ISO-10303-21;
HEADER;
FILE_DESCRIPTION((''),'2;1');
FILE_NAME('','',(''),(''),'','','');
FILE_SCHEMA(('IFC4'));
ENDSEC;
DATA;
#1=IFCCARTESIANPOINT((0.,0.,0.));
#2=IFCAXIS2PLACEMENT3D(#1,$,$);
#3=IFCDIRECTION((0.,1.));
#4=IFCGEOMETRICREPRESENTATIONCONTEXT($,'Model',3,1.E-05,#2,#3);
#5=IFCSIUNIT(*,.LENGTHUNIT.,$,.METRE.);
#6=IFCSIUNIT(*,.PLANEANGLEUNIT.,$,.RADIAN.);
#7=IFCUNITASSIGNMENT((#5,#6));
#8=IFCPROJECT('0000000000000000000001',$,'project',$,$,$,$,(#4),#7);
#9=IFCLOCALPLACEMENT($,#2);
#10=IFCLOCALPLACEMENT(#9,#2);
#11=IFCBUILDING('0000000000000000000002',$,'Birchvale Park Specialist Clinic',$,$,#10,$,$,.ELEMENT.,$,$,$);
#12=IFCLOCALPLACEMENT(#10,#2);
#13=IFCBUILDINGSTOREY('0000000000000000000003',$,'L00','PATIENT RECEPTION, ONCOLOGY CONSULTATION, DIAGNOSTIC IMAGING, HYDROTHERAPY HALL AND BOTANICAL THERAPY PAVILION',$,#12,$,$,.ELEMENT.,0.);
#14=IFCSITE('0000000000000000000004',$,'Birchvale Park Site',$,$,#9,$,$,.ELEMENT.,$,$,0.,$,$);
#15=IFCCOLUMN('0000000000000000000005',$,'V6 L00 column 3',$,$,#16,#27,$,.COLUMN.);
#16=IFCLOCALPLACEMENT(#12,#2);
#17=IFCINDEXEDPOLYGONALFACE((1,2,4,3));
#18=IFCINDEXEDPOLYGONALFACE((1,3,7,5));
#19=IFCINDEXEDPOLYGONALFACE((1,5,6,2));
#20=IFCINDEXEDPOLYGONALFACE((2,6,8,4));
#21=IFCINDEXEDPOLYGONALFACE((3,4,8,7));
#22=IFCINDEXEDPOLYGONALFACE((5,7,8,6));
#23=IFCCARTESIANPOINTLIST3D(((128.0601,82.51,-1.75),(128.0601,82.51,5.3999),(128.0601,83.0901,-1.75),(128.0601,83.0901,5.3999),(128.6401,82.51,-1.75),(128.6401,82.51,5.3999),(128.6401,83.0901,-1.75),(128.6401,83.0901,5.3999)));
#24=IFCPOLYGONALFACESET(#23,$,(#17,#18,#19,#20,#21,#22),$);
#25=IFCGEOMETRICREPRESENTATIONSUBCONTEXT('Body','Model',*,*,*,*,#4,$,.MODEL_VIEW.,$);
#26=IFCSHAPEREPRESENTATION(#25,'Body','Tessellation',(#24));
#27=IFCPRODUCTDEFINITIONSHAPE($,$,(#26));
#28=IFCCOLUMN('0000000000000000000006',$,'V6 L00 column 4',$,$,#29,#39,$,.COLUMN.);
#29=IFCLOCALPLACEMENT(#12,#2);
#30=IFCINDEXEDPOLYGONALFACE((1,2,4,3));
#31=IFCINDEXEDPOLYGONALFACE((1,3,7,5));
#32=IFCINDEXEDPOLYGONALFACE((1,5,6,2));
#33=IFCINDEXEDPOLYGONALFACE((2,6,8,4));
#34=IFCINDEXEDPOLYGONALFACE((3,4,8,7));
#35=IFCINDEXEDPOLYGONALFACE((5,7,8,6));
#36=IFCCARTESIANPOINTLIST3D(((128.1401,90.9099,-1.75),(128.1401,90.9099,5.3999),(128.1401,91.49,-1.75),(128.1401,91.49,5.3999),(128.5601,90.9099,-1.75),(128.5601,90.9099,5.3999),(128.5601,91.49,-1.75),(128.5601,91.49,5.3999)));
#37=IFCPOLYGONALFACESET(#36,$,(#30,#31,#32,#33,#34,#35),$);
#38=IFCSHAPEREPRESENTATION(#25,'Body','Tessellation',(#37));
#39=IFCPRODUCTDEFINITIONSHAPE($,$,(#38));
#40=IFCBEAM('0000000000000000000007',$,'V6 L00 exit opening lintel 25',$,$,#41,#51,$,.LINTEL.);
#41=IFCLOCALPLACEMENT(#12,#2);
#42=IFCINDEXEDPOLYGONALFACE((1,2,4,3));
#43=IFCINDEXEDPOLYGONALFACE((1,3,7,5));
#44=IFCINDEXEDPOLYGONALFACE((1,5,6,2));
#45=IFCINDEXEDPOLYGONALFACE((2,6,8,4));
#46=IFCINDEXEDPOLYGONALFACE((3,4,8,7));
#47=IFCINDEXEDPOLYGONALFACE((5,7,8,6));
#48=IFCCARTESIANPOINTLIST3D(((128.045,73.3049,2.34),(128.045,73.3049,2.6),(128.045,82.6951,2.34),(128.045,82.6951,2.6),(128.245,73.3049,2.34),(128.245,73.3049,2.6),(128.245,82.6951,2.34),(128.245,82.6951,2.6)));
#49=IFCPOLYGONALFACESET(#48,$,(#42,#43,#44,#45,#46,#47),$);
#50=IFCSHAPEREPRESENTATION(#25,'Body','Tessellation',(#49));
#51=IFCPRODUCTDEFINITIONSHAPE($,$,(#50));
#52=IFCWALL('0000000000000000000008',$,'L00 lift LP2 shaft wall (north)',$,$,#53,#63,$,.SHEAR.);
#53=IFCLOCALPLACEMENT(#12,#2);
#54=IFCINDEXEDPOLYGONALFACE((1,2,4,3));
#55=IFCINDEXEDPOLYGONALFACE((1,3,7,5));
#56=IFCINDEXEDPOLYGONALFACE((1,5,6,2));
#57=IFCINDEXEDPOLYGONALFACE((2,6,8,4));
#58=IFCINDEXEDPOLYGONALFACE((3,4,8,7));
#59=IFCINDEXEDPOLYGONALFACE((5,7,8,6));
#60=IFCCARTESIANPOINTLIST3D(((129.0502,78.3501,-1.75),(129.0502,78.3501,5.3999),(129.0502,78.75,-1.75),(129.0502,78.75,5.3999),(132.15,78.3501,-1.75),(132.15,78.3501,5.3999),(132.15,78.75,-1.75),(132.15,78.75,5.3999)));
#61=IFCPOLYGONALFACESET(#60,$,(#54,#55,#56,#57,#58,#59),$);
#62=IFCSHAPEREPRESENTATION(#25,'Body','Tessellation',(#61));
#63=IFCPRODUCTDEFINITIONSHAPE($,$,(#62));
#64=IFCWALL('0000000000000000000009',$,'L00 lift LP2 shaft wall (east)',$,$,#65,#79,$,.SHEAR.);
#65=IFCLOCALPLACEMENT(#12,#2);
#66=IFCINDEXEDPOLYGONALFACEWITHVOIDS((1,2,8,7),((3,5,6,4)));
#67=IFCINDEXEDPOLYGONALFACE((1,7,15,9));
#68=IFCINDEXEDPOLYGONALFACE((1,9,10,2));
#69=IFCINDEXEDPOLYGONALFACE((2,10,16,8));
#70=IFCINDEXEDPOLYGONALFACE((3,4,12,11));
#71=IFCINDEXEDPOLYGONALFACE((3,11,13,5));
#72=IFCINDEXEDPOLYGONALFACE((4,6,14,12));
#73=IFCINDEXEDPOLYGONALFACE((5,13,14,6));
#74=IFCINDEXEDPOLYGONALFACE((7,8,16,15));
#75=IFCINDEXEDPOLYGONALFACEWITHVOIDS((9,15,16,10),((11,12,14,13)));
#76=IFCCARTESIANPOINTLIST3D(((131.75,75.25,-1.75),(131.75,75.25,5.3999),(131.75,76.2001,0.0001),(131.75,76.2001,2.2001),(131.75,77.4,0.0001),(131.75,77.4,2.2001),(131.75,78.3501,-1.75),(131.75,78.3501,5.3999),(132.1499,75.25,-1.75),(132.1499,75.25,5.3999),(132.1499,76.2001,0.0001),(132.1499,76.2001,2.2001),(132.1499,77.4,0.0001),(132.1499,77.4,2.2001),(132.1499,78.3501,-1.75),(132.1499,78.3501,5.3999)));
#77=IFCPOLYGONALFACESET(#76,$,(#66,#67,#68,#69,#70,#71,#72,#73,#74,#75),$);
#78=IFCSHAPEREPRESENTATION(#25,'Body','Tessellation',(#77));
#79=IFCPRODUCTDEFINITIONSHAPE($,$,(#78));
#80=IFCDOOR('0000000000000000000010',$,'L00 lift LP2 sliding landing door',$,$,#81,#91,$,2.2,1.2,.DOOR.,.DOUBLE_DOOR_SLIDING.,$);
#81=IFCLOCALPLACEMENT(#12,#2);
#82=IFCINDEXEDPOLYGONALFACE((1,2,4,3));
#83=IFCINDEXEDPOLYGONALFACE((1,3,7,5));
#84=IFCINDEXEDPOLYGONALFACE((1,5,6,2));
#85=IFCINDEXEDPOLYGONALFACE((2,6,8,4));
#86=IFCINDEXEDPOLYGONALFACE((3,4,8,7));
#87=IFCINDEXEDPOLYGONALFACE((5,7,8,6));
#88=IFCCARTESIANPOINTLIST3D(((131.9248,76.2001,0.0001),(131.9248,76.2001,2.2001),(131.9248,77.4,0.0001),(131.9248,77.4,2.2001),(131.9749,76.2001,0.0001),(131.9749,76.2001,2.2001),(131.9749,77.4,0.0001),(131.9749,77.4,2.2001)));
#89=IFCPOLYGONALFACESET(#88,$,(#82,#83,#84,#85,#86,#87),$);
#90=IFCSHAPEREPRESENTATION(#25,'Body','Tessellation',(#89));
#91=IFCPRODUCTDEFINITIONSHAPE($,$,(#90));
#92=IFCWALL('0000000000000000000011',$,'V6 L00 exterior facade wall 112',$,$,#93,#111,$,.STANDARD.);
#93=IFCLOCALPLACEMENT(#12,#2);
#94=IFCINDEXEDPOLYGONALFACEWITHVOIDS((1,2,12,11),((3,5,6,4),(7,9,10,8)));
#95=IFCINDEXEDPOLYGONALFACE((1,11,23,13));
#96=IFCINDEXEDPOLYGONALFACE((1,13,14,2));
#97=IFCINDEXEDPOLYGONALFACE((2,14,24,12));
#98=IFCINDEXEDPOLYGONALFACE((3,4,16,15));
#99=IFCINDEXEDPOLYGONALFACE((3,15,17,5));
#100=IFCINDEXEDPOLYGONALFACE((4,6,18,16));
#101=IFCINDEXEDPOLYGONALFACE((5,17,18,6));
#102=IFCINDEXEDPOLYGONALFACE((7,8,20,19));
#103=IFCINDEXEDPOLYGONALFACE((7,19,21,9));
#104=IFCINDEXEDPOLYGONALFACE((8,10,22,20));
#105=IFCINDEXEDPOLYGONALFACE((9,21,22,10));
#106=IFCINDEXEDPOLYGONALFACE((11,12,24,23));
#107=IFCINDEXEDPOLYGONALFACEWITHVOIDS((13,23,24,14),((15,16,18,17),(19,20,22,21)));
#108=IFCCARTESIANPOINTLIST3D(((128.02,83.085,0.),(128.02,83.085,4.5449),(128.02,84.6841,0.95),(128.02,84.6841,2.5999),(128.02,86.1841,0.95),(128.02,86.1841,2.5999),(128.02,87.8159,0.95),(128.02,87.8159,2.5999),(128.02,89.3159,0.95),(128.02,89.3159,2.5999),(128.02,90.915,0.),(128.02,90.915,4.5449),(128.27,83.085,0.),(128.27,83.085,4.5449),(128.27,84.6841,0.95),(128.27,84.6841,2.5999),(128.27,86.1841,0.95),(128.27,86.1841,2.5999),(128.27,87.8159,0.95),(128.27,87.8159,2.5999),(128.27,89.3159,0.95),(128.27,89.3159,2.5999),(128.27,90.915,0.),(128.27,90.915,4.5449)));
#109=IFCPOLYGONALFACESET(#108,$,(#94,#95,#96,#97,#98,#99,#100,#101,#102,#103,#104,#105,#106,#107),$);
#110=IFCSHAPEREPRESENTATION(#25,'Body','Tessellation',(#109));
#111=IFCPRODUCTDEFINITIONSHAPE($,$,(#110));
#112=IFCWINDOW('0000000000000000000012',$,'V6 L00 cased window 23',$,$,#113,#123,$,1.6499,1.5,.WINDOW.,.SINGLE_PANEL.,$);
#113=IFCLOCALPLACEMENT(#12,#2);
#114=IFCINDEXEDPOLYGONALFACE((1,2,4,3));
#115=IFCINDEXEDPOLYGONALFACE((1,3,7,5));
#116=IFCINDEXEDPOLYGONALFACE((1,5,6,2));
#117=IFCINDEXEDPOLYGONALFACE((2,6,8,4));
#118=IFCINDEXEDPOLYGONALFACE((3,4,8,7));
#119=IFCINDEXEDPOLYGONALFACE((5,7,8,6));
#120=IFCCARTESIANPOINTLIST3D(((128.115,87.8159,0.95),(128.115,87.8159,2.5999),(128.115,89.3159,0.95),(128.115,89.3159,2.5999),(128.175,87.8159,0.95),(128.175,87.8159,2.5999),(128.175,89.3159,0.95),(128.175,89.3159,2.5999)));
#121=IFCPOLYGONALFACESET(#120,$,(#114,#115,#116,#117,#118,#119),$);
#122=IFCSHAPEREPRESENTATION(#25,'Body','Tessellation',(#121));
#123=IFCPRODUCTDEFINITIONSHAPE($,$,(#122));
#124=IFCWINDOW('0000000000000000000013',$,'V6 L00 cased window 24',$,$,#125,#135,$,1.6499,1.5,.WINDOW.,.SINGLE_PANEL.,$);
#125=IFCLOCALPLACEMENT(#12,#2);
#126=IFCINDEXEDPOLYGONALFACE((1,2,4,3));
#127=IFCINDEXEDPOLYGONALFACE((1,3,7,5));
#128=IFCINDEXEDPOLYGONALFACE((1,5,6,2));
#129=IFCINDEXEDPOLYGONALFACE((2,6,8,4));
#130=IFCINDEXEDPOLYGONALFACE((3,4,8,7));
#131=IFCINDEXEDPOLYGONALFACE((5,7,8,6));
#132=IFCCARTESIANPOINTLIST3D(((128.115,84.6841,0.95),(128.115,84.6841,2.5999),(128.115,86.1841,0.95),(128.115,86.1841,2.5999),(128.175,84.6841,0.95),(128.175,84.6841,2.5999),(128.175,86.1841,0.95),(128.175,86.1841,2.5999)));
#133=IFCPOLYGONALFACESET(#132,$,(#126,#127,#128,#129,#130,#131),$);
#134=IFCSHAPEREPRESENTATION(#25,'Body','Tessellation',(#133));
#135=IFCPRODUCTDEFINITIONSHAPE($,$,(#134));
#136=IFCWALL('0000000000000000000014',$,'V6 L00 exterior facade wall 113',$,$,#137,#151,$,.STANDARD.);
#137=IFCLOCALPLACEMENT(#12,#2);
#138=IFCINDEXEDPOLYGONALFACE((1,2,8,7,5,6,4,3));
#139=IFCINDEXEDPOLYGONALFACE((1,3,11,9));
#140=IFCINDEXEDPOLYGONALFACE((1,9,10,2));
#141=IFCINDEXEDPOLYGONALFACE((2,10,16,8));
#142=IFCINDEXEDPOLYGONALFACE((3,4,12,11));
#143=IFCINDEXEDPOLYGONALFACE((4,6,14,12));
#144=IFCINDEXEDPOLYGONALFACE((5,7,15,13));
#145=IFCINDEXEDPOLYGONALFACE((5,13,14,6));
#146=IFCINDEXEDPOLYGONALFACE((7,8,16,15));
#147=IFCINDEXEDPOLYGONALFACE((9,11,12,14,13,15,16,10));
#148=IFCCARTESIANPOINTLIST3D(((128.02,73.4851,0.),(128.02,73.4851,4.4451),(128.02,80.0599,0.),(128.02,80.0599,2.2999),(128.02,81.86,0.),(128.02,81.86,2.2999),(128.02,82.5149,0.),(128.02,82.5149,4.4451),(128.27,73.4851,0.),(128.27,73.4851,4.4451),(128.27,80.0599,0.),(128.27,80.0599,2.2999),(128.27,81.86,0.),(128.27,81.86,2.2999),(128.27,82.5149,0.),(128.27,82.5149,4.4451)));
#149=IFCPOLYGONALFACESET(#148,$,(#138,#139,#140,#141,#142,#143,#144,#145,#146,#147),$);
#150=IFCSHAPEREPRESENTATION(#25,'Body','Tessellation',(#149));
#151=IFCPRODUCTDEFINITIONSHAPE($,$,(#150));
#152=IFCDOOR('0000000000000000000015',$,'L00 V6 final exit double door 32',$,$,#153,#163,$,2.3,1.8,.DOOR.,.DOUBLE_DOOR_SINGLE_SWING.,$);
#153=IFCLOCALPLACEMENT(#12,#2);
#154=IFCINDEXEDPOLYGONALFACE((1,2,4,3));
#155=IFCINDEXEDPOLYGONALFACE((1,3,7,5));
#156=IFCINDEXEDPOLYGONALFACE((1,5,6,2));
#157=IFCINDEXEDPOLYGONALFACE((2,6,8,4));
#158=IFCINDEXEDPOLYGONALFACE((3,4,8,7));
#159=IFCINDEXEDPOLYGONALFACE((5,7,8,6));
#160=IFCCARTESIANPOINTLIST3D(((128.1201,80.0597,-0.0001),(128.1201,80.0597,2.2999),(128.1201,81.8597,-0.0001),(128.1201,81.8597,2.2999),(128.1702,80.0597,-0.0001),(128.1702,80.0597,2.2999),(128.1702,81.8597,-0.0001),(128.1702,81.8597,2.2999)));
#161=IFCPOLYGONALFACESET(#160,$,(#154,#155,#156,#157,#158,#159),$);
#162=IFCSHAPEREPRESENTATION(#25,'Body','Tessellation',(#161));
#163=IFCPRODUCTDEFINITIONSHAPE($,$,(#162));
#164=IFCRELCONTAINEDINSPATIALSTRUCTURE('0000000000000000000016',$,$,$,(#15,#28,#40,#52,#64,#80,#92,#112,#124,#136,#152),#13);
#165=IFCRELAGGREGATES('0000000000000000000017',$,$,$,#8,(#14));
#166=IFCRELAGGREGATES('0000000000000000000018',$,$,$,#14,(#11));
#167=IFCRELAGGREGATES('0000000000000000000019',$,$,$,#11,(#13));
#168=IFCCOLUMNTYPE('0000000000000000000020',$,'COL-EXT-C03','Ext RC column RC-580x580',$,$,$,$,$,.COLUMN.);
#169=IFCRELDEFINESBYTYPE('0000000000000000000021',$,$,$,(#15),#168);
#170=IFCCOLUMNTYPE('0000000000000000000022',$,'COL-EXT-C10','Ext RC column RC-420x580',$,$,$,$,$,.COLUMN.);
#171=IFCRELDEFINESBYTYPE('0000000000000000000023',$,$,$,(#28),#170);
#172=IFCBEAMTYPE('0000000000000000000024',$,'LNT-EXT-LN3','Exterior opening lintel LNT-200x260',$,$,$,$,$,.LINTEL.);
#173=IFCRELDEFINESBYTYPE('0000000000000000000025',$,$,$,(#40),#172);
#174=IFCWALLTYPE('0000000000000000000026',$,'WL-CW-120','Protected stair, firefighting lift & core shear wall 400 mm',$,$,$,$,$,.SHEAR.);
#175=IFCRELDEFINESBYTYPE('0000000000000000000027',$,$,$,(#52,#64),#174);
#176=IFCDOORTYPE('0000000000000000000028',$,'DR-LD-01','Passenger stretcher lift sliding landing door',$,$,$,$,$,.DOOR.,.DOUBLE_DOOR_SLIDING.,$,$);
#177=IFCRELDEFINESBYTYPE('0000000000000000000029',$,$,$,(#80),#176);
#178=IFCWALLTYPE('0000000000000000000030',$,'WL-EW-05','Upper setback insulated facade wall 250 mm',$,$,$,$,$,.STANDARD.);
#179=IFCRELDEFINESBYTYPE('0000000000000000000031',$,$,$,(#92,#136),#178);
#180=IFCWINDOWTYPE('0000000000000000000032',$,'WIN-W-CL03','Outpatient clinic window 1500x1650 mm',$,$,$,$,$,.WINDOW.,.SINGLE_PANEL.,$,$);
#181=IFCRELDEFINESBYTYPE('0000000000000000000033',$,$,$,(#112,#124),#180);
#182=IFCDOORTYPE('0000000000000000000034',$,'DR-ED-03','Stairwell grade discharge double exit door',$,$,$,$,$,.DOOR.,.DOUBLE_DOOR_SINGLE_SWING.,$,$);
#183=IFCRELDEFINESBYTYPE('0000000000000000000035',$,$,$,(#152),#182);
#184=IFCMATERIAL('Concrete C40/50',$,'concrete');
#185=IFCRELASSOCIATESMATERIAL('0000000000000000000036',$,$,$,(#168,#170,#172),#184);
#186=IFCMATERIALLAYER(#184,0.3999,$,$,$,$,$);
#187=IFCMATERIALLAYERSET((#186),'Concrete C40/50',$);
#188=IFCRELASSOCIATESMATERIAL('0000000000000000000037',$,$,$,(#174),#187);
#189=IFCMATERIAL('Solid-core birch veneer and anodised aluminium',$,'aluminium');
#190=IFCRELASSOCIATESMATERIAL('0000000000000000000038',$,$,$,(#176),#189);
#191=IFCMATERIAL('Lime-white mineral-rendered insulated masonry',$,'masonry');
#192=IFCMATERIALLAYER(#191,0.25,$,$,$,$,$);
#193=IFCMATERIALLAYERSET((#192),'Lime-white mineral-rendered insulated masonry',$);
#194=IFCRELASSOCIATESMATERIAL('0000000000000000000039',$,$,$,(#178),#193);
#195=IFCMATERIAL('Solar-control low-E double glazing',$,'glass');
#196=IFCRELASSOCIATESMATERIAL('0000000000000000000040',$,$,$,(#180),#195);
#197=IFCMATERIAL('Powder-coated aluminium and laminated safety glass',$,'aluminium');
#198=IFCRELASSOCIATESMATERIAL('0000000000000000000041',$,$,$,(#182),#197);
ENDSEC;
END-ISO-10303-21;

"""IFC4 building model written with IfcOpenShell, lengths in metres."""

from ifc_helpers import new_model, si_unit, direction, frame, frame_2d, origin, origin_2d, place, context, subcontext, project, spatial, rectangle, extrude, material, layer, layer_set, material_profile, profile_set, type_object, element, fill, save


model = new_model("IFC4")

# Units and contexts
model_context = context("Model", 3, precision=1e-05, world=origin(), true_north=direction((0.0, 1.0)))
body_context = subcontext(model_context, "Body", "Model", "MODEL_VIEW")
ifc_project = project(units=[si_unit("LENGTHUNIT", "METRE"), si_unit("PLANEANGLEUNIT", "RADIAN")], contexts=[model_context])

# Site, building, storey
site_placement = place(None, origin())
site = spatial("IfcSite", under=ifc_project, at=site_placement, Name="Birchvale Park Site", CompositionType="ELEMENT", RefElevation=0.0)
building_placement = place(site_placement, origin())
building = spatial("IfcBuilding", under=site, at=building_placement, Name="Birchvale Park Specialist Clinic", CompositionType="ELEMENT")
storey_placement = place(building_placement, origin())
storey = spatial("IfcBuildingStorey", under=building, at=storey_placement, Name="L00", Description="PATIENT RECEPTION, ONCOLOGY CONSULTATION, DIAGNOSTIC IMAGING, HYDROTHERAPY HALL AND BOTANICAL THERAPY PAVILION", CompositionType="ELEMENT", Elevation=0.0)

# Shared definitions
ifc_material_1 = material(Name="Concrete C40/50", Category="concrete")

# Columns
ifc_material_profile_1 = material_profile(ifc_material_1, rectangle(XDim=0.5801, YDim=0.5801, at=origin_2d()), Name="RC-580x580")
ifc_profile_set_1 = profile_set([ifc_material_profile_1], Name="Concrete C40/50")
column_type_1 = type_object("IfcColumnType", Name="COL-EXT-C03", Description="Ext RC column RC-580x580", PredefinedType="COLUMN", material=ifc_profile_set_1)
column_1_placement = place(storey_placement, frame((128.3501, 82.8, -1.75), z_axis=(0.0, 0.0, 1.0), x_axis=(1.0, 0.0, 0.0)))
element("IfcColumn", 1, at=column_1_placement, inside=storey, type_object=column_type_1, Name="V6 L00 column 3", PredefinedType="COLUMN", context=body_context, shape_type="SweptSolid", body=[
    extrude(rectangle(XDim=0.5801, YDim=0.5801, at=origin_2d()), origin(), (0.0, 0.0, 1.0), 7.1499),
])
ifc_material_profile_2 = material_profile(ifc_material_1, rectangle(XDim=0.4199, YDim=0.5801, at=origin_2d()), Name="RC-420x580")
ifc_profile_set_2 = profile_set([ifc_material_profile_2], Name="Concrete C40/50")
column_type_2 = type_object("IfcColumnType", Name="COL-EXT-C10", Description="Ext RC column RC-420x580", PredefinedType="COLUMN", material=ifc_profile_set_2)
column_2_placement = place(storey_placement, frame((128.3501, 91.2, -1.75), z_axis=(0.0, 0.0, 1.0), x_axis=(1.0, 0.0, 0.0)))
element("IfcColumn", 2, at=column_2_placement, inside=storey, type_object=column_type_2, Name="V6 L00 column 4", PredefinedType="COLUMN", context=body_context, shape_type="SweptSolid", body=[
    extrude(rectangle(XDim=0.4199, YDim=0.5801, at=origin_2d()), origin(), (0.0, 0.0, 1.0), 7.1499),
])

# Beam
ifc_material_profile_3 = material_profile(ifc_material_1, rectangle(XDim=0.2, YDim=0.26, at=origin_2d()), Name="LNT-200x260")
ifc_profile_set_3 = profile_set([ifc_material_profile_3], Name="Concrete C40/50")
beam_type = type_object("IfcBeamType", Name="LNT-EXT-LN3", Description="Exterior opening lintel LNT-200x260", PredefinedType="LINTEL", material=ifc_profile_set_3)
beam_placement = place(storey_placement, frame((128.145, 82.6951, 2.47), z_axis=(0.0, -1.0, 0.0), x_axis=(1.0, 0.0, 0.0)))
element("IfcBeam", 3, at=beam_placement, inside=storey, type_object=beam_type, Name="V6 L00 exit opening lintel 25", PredefinedType="LINTEL", context=body_context, shape_type="SweptSolid", body=[
    extrude(rectangle(XDim=0.2, YDim=0.26, at=origin_2d()), origin(), (0.0, 0.0, 1.0), 9.3901),
])

# Wall
ifc_layer_1 = layer(ifc_material_1, 0.3999)
ifc_layer_set_1 = layer_set([ifc_layer_1], Name="Concrete C40/50")
wall_type_1 = type_object("IfcWallType", Name="WL-CW-120", Description="Protected stair, firefighting lift & core shear wall 400 mm", PredefinedType="SHEAR", material=ifc_layer_set_1)
wall_1_placement = place(storey_placement, frame((132.1499, 78.55, -1.75), z_axis=(0.0, 0.0, 1.0), x_axis=(-1.0, 0.0, 0.0)))
element("IfcWall", 4, at=wall_1_placement, inside=storey, type_object=wall_type_1, Name="L00 lift LP2 shaft wall (north)", PredefinedType="SHEAR", context=body_context, shape_type="SweptSolid", body=[
    extrude(rectangle(XDim=3.0999, YDim=0.3999, at=frame_2d((1.5498, 0.0))), origin(), (0.0, 0.0, 1.0), 7.1499),
])

# Wall, opening, door
wall_2_placement = place(storey_placement, frame((131.95, 78.3501, -1.75), z_axis=(0.0, 0.0, 1.0), x_axis=(0.0, -1.0, 0.0)))
wall_2 = element("IfcWall", 5, at=wall_2_placement, inside=storey, type_object=wall_type_1, Name="L00 lift LP2 shaft wall (east)", PredefinedType="SHEAR", context=body_context, shape_type="SweptSolid", body=[
    extrude(rectangle(XDim=3.1001, YDim=0.3999, at=frame_2d((1.55, 0.0))), origin(), (0.0, 0.0, 1.0), 7.1499),
])
opening_1_placement = place(wall_2_placement, frame((0.95, 0.0, 1.75)))
opening_1 = element("IfcOpeningElement", 6, at=opening_1_placement, cuts=wall_2, PredefinedType="OPENING", context=body_context, shape_type="SweptSolid", body=[
    extrude(rectangle(XDim=1.2, YDim=2.2, at=frame_2d((0.6001, 1.1001))), frame((0.0, 0.21, 0.0), z_axis=(0.0, -1.0, 0.0), x_axis=(1.0, 0.0, 0.0)), (0.0, 0.0, 1.0), 0.4199),
])
ifc_material_2 = material(Name="Solid-core birch veneer and anodised aluminium", Category="aluminium")
door_type_1 = type_object("IfcDoorType", Name="DR-LD-01", Description="Passenger stretcher lift sliding landing door", OperationType="DOUBLE_DOOR_SLIDING", PredefinedType="DOOR", material=ifc_material_2)
door_1_placement = place(opening_1_placement, origin())
door_1 = element("IfcDoor", 7, at=door_1_placement, inside=storey, type_object=door_type_1, Name="L00 lift LP2 sliding landing door", OperationType="DOUBLE_DOOR_SLIDING", OverallHeight=2.2, OverallWidth=1.2, PredefinedType="DOOR", context=body_context, shape_type="SweptSolid", body=[
    extrude(rectangle(XDim=1.2, YDim=2.2, at=frame_2d((0.6001, 1.1001))), frame((0.0, 0.0249, 0.0), z_axis=(0.0, -1.0, 0.0), x_axis=(1.0, 0.0, 0.0)), (0.0, 0.0, 1.0), 0.05),
])
fill(opening_1, door_1)

# Wall, openings, windows
ifc_material_3 = material(Name="Lime-white mineral-rendered insulated masonry", Category="masonry")
ifc_layer_2 = layer(ifc_material_3, 0.25)
ifc_layer_set_2 = layer_set([ifc_layer_2], Name="Lime-white mineral-rendered insulated masonry")
wall_type_2 = type_object("IfcWallType", Name="WL-EW-05", Description="Upper setback insulated facade wall 250 mm", PredefinedType="STANDARD", material=ifc_layer_set_2)
wall_3_placement = place(storey_placement, frame((128.145, 90.915, 0.0), z_axis=(0.0, 0.0, 1.0), x_axis=(0.0, -1.0, 0.0)))
wall_3 = element("IfcWall", 8, at=wall_3_placement, inside=storey, type_object=wall_type_2, Name="V6 L00 exterior facade wall 112", PredefinedType="STANDARD", context=body_context, shape_type="SweptSolid", body=[
    extrude(rectangle(XDim=7.8301, YDim=0.25, at=frame_2d((3.915, 0.0))), origin(), (0.0, 0.0, 1.0), 4.5449),
])
opening_2_placement = place(wall_3_placement, frame((1.5991, 0.0, 0.95)))
opening_2 = element("IfcOpeningElement", 9, at=opening_2_placement, cuts=wall_3, PredefinedType="OPENING", context=body_context, shape_type="SweptSolid", body=[
    extrude(rectangle(XDim=1.5, YDim=1.6499, at=frame_2d((0.75, 0.825))), frame((0.0, 0.135, 0.0), z_axis=(0.0, -1.0, 0.0), x_axis=(1.0, 0.0, 0.0)), (0.0, 0.0, 1.0), 0.27),
])
opening_3_placement = place(wall_3_placement, frame((4.731, 0.0, 0.95)))
opening_3 = element("IfcOpeningElement", 10, at=opening_3_placement, cuts=wall_3, PredefinedType="OPENING", context=body_context, shape_type="SweptSolid", body=[
    extrude(rectangle(XDim=1.5, YDim=1.6499, at=frame_2d((0.75, 0.825))), frame((0.0, 0.135, 0.0), z_axis=(0.0, -1.0, 0.0), x_axis=(1.0, 0.0, 0.0)), (0.0, 0.0, 1.0), 0.27),
])
ifc_material_4 = material(Name="Solar-control low-E double glazing", Category="glass")
window_type = type_object("IfcWindowType", Name="WIN-W-CL03", Description="Outpatient clinic window 1500x1650 mm", PartitioningType="SINGLE_PANEL", PredefinedType="WINDOW", material=ifc_material_4)
window_1_placement = place(opening_2_placement, origin())
window_1 = element("IfcWindow", 11, at=window_1_placement, inside=storey, type_object=window_type, Name="V6 L00 cased window 23", OverallHeight=1.6499, OverallWidth=1.5, PartitioningType="SINGLE_PANEL", PredefinedType="WINDOW", context=body_context, shape_type="SweptSolid", body=[
    extrude(rectangle(XDim=1.5, YDim=1.6499, at=frame_2d((0.75, 0.825))), frame((0.0, 0.03, 0.0), z_axis=(0.0, -1.0, 0.0), x_axis=(1.0, 0.0, 0.0)), (0.0, 0.0, 1.0), 0.0601),
])
fill(opening_2, window_1)
window_2_placement = place(opening_3_placement, origin())
window_2 = element("IfcWindow", 12, at=window_2_placement, inside=storey, type_object=window_type, Name="V6 L00 cased window 24", OverallHeight=1.6499, OverallWidth=1.5, PartitioningType="SINGLE_PANEL", PredefinedType="WINDOW", context=body_context, shape_type="SweptSolid", body=[
    extrude(rectangle(XDim=1.5, YDim=1.6499, at=frame_2d((0.75, 0.825))), frame((0.0, 0.03, 0.0), z_axis=(0.0, -1.0, 0.0), x_axis=(1.0, 0.0, 0.0)), (0.0, 0.0, 1.0), 0.0601),
])
fill(opening_3, window_2)

# Wall, opening, door
wall_4_placement = place(storey_placement, frame((128.145, 82.5149, 0.0), z_axis=(0.0, 0.0, 1.0), x_axis=(0.0, -1.0, 0.0)))
wall_4 = element("IfcWall", 13, at=wall_4_placement, inside=storey, type_object=wall_type_2, Name="V6 L00 exterior facade wall 113", PredefinedType="STANDARD", context=body_context, shape_type="SweptSolid", body=[
    extrude(rectangle(XDim=9.0298, YDim=0.25, at=frame_2d((4.5149, 0.0))), origin(), (0.0, 0.0, 1.0), 4.4451),
])
opening_4_placement = place(wall_4_placement, frame((0.655, 0.0, 0.0)))
opening_4 = element("IfcOpeningElement", 14, at=opening_4_placement, cuts=wall_4, PredefinedType="OPENING", context=body_context, shape_type="SweptSolid", body=[
    extrude(rectangle(XDim=1.8, YDim=2.3, at=frame_2d((0.8999, 1.1499))), frame((0.0, 0.135, 0.0), z_axis=(0.0, -1.0, 0.0), x_axis=(1.0, 0.0, 0.0)), (0.0, 0.0, 1.0), 0.27),
])
ifc_material_5 = material(Name="Powder-coated aluminium and laminated safety glass", Category="aluminium")
door_type_2 = type_object("IfcDoorType", Name="DR-ED-03", Description="Stairwell grade discharge double exit door", OperationType="DOUBLE_DOOR_SINGLE_SWING", PredefinedType="DOOR", material=ifc_material_5)
door_2_placement = place(opening_4_placement, frame((1.8, 0.0, 0.0), z_axis=(0.0, 0.0, 1.0), x_axis=(-1.0, 0.0, 0.0)))
door_2 = element("IfcDoor", 15, at=door_2_placement, inside=storey, type_object=door_type_2, Name="L00 V6 final exit double door 32", OperationType="DOUBLE_DOOR_SINGLE_SWING", OverallHeight=2.3, OverallWidth=1.8, PredefinedType="DOOR", context=body_context, shape_type="SweptSolid", body=[
    extrude(rectangle(XDim=1.8, YDim=2.3, at=frame_2d((0.8999, 1.1499))), frame((0.0, 0.0249, 0.0), z_axis=(0.0, -1.0, 0.0), x_axis=(1.0, 0.0, 0.0)), (0.0, 0.0, 1.0), 0.05),
])
fill(opening_4, door_2)

save(model, "model.ifc")
